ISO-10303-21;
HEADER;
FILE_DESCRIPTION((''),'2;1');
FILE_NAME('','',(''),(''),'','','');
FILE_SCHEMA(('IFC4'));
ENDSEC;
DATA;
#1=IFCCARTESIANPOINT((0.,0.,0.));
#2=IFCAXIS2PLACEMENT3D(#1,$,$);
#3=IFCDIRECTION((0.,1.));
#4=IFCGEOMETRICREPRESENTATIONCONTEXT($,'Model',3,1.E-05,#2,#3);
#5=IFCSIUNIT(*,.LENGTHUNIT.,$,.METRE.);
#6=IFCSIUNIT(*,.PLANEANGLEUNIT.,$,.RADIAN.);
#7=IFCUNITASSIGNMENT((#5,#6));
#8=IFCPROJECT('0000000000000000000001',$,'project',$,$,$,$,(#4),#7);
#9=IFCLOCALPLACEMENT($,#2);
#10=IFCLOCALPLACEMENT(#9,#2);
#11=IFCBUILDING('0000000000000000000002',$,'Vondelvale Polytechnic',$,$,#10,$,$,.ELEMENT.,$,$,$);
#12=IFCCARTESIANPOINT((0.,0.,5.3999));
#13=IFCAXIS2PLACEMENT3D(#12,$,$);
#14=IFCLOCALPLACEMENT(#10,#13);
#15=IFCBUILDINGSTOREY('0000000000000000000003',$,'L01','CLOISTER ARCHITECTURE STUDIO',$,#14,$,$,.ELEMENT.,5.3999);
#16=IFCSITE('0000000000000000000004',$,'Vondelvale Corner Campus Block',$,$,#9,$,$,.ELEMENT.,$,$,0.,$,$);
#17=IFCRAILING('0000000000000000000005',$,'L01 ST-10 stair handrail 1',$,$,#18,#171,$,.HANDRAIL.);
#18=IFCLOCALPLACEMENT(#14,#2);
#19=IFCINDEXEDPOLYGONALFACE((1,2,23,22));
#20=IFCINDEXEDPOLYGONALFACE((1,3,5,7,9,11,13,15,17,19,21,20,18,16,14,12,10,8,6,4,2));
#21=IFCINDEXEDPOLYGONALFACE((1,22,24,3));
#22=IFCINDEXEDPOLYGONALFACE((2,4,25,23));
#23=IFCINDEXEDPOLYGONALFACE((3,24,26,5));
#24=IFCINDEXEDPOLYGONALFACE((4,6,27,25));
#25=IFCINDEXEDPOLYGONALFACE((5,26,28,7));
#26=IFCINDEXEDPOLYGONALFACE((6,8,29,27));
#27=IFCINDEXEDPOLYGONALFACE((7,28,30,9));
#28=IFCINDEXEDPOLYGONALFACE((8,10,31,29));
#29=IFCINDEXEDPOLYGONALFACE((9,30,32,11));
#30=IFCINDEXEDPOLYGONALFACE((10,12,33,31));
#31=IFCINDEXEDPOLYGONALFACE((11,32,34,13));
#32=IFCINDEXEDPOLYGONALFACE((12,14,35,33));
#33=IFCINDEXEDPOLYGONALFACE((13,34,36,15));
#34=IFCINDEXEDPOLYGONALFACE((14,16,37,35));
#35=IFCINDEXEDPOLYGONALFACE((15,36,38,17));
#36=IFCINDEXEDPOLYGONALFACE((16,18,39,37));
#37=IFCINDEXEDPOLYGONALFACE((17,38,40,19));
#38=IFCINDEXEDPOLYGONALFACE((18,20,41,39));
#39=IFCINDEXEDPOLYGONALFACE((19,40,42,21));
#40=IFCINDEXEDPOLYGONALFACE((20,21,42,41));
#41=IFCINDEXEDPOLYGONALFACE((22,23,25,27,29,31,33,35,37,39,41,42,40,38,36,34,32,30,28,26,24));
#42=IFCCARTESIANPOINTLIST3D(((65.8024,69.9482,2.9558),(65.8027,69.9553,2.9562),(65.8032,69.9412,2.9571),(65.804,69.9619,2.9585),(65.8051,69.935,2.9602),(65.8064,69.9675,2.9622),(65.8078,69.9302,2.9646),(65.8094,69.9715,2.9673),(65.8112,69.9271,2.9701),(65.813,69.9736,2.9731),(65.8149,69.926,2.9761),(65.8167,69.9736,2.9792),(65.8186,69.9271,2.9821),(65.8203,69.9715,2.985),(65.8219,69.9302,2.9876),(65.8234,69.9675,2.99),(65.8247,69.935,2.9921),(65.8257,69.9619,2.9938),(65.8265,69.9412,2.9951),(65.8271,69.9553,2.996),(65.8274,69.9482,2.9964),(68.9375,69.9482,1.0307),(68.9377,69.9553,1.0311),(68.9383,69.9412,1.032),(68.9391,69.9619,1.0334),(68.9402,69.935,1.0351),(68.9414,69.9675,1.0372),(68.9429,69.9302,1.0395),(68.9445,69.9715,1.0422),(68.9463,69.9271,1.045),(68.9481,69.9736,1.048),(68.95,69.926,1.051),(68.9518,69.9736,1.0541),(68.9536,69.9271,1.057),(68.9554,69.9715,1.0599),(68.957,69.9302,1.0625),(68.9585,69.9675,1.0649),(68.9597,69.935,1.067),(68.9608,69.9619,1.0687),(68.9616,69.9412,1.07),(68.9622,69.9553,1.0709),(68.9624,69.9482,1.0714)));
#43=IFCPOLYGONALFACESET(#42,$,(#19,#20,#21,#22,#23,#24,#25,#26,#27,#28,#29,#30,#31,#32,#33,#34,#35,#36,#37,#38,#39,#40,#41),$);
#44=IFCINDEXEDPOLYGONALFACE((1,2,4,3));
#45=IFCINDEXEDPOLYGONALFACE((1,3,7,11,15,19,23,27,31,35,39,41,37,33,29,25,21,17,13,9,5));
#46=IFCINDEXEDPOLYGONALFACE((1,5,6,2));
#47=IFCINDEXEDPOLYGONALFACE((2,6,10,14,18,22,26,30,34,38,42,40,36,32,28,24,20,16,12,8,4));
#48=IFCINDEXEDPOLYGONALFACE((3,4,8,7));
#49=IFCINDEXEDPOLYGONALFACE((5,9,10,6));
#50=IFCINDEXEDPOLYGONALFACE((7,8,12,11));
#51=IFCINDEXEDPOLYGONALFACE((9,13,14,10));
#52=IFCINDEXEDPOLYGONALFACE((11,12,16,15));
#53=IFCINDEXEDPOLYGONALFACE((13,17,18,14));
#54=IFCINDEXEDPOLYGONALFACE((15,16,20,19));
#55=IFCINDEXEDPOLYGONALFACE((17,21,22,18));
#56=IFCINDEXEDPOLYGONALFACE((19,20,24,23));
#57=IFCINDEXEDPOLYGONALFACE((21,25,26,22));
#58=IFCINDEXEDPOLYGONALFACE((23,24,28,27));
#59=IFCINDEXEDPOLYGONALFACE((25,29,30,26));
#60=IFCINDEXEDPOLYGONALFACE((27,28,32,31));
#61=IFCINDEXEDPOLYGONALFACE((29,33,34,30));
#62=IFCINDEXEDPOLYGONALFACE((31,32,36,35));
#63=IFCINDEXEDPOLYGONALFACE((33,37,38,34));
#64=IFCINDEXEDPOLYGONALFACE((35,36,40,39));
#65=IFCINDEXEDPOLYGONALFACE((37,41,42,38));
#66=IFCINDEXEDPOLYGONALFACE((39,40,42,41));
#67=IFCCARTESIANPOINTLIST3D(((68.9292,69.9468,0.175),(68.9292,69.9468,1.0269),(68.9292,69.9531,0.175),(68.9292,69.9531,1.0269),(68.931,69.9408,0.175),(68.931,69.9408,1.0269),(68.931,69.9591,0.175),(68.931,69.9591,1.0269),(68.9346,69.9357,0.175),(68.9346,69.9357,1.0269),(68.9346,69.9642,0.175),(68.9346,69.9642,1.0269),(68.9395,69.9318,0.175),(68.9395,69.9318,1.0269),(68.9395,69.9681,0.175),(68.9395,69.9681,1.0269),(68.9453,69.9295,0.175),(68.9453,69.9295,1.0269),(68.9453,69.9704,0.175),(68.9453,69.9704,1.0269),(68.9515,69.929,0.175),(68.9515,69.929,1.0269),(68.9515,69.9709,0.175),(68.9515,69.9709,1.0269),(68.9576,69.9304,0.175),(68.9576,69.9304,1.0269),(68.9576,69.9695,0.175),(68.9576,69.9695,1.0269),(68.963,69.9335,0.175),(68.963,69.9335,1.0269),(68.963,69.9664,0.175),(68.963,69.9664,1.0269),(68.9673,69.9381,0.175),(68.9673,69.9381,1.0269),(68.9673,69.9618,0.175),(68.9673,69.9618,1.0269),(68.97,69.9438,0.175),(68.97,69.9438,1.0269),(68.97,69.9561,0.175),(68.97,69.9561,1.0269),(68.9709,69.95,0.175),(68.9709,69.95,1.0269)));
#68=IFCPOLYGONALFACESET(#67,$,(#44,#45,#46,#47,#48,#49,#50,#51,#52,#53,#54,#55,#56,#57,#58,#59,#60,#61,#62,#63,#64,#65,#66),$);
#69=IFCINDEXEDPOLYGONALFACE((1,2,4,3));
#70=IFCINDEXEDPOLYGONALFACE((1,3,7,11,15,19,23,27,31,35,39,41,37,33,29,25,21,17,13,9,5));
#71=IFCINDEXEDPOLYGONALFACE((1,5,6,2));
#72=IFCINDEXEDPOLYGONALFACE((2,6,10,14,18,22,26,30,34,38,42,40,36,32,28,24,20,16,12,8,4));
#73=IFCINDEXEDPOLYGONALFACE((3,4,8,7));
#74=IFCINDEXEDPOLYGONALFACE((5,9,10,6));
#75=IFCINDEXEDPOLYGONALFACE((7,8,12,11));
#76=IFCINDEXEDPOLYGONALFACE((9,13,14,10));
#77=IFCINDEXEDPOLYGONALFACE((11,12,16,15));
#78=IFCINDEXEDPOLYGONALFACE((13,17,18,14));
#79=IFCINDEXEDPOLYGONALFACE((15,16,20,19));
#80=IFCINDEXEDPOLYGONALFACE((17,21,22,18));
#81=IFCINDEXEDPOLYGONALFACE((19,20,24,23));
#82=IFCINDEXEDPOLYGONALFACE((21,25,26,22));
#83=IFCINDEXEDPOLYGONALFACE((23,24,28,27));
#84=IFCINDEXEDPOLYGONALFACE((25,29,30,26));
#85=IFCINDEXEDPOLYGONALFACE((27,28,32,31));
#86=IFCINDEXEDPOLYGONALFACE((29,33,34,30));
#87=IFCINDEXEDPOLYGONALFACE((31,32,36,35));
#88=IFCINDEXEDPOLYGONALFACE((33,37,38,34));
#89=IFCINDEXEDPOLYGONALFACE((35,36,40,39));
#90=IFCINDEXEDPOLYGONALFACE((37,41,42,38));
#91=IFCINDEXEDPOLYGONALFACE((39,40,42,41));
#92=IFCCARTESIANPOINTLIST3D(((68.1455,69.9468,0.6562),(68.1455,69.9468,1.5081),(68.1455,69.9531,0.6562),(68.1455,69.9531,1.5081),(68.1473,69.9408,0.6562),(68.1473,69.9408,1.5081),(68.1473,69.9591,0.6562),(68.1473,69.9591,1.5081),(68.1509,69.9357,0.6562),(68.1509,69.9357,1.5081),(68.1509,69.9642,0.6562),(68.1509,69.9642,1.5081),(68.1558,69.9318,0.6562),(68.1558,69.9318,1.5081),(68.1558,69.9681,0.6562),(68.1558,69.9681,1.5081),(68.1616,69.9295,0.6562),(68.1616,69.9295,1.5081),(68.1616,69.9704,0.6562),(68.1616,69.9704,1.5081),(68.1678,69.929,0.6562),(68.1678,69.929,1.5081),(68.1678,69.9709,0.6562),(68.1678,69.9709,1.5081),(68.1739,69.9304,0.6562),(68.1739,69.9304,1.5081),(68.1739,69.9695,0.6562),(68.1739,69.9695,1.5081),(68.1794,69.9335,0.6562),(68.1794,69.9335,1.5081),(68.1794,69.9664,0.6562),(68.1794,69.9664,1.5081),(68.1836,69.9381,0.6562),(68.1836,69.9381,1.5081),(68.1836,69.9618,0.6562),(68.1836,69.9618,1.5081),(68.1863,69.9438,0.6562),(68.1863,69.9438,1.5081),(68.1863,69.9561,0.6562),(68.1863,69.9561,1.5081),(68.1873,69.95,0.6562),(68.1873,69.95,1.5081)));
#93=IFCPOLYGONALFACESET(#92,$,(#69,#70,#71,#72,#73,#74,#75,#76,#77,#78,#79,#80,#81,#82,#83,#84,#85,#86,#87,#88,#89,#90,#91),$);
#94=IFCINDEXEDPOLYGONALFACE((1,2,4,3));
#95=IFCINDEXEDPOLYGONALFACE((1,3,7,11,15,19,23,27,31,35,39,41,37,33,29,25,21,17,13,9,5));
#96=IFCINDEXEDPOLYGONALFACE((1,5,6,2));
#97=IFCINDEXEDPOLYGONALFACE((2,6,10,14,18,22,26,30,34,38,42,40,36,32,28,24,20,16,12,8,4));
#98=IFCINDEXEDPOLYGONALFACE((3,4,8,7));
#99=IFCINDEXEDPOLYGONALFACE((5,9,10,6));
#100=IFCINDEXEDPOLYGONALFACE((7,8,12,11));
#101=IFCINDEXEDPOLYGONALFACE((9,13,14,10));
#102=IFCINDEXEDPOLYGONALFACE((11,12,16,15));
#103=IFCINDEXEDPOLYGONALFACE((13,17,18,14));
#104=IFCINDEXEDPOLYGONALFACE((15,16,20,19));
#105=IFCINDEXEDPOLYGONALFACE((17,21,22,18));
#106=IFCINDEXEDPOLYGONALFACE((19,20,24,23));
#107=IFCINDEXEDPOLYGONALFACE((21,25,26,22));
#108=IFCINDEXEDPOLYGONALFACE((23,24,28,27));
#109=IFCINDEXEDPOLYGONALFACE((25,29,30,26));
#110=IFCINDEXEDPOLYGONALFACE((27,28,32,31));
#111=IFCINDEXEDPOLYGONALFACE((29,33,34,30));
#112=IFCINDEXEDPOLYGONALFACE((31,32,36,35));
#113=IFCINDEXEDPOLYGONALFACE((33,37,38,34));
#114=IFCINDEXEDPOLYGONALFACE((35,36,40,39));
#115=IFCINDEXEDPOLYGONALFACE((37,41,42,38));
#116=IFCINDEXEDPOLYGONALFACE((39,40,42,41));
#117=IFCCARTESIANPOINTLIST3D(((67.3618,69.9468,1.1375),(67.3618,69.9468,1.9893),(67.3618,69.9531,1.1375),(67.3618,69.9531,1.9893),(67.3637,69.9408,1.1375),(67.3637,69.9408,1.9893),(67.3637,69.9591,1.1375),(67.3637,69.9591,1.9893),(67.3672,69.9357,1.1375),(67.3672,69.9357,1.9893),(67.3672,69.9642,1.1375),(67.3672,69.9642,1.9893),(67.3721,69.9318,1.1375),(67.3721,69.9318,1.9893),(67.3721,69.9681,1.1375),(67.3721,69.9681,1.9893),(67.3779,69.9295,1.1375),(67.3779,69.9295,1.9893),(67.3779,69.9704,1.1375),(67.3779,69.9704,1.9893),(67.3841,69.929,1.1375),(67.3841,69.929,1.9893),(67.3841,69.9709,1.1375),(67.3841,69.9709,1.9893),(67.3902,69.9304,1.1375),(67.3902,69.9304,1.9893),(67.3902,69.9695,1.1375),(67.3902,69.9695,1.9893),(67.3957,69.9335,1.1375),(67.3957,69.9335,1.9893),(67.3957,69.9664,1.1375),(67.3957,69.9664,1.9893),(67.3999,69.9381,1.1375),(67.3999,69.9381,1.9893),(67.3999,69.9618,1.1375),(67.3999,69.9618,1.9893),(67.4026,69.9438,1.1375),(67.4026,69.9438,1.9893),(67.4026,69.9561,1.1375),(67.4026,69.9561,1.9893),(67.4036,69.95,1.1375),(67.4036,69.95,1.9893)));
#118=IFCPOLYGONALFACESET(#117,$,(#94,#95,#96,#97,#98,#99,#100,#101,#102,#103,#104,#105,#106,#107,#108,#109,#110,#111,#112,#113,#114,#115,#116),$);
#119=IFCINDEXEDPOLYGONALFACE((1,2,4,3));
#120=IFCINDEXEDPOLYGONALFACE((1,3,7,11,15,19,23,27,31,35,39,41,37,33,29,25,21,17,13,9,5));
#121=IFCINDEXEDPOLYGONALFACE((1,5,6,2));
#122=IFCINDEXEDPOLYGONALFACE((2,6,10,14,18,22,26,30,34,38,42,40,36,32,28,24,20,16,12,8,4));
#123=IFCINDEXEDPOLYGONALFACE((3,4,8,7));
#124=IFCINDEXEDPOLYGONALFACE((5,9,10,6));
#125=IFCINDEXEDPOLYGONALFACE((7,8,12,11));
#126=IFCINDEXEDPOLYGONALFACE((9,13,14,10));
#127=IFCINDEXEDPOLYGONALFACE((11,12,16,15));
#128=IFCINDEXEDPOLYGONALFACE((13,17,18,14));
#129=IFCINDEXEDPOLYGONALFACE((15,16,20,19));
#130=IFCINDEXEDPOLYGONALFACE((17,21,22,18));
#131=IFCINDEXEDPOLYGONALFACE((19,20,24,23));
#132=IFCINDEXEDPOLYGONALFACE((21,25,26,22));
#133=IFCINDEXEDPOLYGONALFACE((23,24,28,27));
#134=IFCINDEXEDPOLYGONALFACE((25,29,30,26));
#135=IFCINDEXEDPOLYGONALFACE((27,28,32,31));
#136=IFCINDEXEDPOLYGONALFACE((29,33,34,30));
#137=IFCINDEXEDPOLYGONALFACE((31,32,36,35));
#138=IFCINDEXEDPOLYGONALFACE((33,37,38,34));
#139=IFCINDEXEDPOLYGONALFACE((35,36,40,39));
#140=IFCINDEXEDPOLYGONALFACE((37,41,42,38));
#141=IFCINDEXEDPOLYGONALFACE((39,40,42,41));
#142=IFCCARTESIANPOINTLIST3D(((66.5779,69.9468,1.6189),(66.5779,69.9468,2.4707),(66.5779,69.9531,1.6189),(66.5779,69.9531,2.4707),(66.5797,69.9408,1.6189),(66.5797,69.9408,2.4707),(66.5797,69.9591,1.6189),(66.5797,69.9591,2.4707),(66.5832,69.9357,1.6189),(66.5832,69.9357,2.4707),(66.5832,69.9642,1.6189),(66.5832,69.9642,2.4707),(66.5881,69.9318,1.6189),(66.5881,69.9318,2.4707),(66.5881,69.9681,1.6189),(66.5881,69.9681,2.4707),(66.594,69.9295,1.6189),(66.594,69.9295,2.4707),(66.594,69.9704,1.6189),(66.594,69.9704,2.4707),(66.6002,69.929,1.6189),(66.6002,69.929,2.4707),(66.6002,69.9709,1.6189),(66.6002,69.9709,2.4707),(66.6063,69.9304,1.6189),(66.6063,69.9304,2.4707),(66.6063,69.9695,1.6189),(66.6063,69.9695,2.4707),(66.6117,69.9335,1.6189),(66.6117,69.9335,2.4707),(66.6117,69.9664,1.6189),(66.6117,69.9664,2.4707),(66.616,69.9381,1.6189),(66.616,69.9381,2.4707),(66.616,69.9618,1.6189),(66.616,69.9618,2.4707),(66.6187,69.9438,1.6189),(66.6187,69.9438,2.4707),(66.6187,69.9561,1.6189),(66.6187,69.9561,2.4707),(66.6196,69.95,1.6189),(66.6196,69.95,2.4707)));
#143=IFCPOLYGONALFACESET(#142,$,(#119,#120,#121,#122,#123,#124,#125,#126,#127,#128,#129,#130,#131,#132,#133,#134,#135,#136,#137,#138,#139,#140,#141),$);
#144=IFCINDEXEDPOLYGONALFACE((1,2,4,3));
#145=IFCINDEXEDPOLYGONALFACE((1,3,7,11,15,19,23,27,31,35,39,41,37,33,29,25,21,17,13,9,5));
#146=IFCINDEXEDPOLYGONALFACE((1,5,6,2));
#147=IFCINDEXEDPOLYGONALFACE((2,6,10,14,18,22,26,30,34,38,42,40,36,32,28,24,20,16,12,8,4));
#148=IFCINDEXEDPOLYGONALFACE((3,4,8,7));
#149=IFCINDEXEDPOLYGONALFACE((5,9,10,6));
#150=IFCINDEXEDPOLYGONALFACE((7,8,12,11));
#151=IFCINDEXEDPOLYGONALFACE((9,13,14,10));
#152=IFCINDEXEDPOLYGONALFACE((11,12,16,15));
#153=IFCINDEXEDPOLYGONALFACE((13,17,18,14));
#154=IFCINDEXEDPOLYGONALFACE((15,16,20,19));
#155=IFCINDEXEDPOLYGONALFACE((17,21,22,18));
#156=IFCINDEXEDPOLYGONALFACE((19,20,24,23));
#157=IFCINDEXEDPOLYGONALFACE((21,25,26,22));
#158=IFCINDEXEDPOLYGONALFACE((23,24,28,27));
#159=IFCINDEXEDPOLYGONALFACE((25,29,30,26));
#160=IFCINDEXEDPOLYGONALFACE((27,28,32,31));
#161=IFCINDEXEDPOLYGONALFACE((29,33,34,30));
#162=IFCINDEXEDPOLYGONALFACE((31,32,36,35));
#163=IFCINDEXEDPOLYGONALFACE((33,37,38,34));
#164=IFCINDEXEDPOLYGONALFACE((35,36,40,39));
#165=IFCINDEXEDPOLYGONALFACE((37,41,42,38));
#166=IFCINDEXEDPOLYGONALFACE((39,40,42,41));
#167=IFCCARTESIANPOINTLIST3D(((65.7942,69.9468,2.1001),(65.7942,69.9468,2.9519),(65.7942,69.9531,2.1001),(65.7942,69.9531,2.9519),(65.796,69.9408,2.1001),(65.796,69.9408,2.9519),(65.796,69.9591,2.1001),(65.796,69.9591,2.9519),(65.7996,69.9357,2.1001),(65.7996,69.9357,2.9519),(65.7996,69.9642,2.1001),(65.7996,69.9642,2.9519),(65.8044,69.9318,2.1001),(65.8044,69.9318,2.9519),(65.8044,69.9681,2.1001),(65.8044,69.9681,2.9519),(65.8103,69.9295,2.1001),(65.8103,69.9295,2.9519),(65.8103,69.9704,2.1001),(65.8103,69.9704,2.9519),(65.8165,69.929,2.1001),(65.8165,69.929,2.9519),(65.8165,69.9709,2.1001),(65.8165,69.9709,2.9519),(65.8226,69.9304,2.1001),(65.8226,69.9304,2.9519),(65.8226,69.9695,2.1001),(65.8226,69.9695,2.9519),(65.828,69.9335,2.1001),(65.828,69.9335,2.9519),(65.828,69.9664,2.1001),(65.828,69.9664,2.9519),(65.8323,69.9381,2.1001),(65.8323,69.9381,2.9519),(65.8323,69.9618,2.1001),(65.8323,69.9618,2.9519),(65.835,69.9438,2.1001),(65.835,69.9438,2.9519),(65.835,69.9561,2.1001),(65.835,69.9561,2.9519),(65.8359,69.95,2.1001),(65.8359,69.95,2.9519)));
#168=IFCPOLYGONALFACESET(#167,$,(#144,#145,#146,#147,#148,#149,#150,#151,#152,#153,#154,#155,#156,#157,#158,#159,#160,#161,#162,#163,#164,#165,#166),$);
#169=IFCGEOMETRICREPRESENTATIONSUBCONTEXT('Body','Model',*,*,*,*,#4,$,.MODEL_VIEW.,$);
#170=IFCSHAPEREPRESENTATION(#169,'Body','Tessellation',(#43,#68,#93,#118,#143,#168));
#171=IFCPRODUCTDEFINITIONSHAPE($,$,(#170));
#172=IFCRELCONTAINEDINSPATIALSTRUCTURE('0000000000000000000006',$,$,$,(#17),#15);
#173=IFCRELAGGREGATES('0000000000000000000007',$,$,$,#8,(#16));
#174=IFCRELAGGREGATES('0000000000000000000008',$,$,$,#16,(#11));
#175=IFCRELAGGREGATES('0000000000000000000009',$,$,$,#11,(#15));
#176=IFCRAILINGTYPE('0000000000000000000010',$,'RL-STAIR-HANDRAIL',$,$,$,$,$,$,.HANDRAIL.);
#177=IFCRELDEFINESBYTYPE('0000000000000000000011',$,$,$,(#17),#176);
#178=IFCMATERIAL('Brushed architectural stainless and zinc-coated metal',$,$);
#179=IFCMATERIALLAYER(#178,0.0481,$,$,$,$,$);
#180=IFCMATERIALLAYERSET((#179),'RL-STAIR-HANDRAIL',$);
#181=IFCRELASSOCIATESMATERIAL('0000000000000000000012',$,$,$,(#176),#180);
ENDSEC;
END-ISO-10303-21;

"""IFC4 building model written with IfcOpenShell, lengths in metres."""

from ifc_helpers import new_model, si_unit, direction, frame, origin, origin_2d, place, context, subcontext, project, spatial, circle, extrude, material, layer, layer_set, type_object, element, save


model = new_model("IFC4")

# Units and contexts
model_context = context("Model", 3, precision=1e-05, world=origin(), true_north=direction((0.0, 1.0)))
body_context = subcontext(model_context, "Body", "Model", "MODEL_VIEW")
ifc_project = project(units=[si_unit("LENGTHUNIT", "METRE"), si_unit("PLANEANGLEUNIT", "RADIAN")], contexts=[model_context])

# Site, building, storey
site_placement = place(None, origin())
site = spatial("IfcSite", under=ifc_project, at=site_placement, Name="Vondelvale Corner Campus Block", CompositionType="ELEMENT", RefElevation=0.0)
building_placement = place(site_placement, origin())
building = spatial("IfcBuilding", under=site, at=building_placement, Name="Vondelvale Polytechnic", CompositionType="ELEMENT")
storey_placement = place(building_placement, frame((0.0, 0.0, 5.3999)))
storey = spatial("IfcBuildingStorey", under=building, at=storey_placement, Name="L01", Description="CLOISTER ARCHITECTURE STUDIO", CompositionType="ELEMENT", Elevation=5.3999)

# Railing
ifc_material_1 = material(Name="Brushed architectural stainless and zinc-coated metal")
ifc_layer_1 = layer(ifc_material_1, 0.0481)
ifc_layer_set_1 = layer_set([ifc_layer_1], Name="RL-STAIR-HANDRAIL")
railing_type_1 = type_object("IfcRailingType", Name="RL-STAIR-HANDRAIL", PredefinedType="HANDRAIL", material=ifc_layer_set_1)
railing_1_placement = place(storey_placement, frame((68.95, 69.95, 0.175)))
element("IfcRailing", 1, at=railing_1_placement, inside=storey, type_object=railing_type_1, Name="L01 ST-10 stair handrail 1", PredefinedType="HANDRAIL", context=body_context, shape_type="SweptSolid", body=[
    extrude(circle(Radius=0.0239, at=origin_2d()), frame((0.0, 0.0, 0.876), z_axis=(-0.852166, 0.0, 0.523271), x_axis=(0.0, -1.0, 0.0)), (0.0, 0.0, 1.0), 3.679),
    extrude(circle(Radius=0.021, at=origin_2d()), origin(), (0.0, 0.0, 1.0), 0.8518),
    extrude(circle(Radius=0.021, at=origin_2d()), frame((-0.7837, 0.0, 0.4812)), (0.0, 0.0, 1.0), 0.8518),
    extrude(circle(Radius=0.021, at=origin_2d()), frame((-1.5674, 0.0, 0.9624)), (0.0, 0.0, 1.0), 0.8518),
    extrude(circle(Radius=0.021, at=origin_2d()), frame((-2.3513, 0.0, 1.4438)), (0.0, 0.0, 1.0), 0.8518),
    extrude(circle(Radius=0.021, at=origin_2d()), frame((-3.135, 0.0, 1.925)), (0.0, 0.0, 1.0), 0.8518),
])

save(model, "model.ifc")
